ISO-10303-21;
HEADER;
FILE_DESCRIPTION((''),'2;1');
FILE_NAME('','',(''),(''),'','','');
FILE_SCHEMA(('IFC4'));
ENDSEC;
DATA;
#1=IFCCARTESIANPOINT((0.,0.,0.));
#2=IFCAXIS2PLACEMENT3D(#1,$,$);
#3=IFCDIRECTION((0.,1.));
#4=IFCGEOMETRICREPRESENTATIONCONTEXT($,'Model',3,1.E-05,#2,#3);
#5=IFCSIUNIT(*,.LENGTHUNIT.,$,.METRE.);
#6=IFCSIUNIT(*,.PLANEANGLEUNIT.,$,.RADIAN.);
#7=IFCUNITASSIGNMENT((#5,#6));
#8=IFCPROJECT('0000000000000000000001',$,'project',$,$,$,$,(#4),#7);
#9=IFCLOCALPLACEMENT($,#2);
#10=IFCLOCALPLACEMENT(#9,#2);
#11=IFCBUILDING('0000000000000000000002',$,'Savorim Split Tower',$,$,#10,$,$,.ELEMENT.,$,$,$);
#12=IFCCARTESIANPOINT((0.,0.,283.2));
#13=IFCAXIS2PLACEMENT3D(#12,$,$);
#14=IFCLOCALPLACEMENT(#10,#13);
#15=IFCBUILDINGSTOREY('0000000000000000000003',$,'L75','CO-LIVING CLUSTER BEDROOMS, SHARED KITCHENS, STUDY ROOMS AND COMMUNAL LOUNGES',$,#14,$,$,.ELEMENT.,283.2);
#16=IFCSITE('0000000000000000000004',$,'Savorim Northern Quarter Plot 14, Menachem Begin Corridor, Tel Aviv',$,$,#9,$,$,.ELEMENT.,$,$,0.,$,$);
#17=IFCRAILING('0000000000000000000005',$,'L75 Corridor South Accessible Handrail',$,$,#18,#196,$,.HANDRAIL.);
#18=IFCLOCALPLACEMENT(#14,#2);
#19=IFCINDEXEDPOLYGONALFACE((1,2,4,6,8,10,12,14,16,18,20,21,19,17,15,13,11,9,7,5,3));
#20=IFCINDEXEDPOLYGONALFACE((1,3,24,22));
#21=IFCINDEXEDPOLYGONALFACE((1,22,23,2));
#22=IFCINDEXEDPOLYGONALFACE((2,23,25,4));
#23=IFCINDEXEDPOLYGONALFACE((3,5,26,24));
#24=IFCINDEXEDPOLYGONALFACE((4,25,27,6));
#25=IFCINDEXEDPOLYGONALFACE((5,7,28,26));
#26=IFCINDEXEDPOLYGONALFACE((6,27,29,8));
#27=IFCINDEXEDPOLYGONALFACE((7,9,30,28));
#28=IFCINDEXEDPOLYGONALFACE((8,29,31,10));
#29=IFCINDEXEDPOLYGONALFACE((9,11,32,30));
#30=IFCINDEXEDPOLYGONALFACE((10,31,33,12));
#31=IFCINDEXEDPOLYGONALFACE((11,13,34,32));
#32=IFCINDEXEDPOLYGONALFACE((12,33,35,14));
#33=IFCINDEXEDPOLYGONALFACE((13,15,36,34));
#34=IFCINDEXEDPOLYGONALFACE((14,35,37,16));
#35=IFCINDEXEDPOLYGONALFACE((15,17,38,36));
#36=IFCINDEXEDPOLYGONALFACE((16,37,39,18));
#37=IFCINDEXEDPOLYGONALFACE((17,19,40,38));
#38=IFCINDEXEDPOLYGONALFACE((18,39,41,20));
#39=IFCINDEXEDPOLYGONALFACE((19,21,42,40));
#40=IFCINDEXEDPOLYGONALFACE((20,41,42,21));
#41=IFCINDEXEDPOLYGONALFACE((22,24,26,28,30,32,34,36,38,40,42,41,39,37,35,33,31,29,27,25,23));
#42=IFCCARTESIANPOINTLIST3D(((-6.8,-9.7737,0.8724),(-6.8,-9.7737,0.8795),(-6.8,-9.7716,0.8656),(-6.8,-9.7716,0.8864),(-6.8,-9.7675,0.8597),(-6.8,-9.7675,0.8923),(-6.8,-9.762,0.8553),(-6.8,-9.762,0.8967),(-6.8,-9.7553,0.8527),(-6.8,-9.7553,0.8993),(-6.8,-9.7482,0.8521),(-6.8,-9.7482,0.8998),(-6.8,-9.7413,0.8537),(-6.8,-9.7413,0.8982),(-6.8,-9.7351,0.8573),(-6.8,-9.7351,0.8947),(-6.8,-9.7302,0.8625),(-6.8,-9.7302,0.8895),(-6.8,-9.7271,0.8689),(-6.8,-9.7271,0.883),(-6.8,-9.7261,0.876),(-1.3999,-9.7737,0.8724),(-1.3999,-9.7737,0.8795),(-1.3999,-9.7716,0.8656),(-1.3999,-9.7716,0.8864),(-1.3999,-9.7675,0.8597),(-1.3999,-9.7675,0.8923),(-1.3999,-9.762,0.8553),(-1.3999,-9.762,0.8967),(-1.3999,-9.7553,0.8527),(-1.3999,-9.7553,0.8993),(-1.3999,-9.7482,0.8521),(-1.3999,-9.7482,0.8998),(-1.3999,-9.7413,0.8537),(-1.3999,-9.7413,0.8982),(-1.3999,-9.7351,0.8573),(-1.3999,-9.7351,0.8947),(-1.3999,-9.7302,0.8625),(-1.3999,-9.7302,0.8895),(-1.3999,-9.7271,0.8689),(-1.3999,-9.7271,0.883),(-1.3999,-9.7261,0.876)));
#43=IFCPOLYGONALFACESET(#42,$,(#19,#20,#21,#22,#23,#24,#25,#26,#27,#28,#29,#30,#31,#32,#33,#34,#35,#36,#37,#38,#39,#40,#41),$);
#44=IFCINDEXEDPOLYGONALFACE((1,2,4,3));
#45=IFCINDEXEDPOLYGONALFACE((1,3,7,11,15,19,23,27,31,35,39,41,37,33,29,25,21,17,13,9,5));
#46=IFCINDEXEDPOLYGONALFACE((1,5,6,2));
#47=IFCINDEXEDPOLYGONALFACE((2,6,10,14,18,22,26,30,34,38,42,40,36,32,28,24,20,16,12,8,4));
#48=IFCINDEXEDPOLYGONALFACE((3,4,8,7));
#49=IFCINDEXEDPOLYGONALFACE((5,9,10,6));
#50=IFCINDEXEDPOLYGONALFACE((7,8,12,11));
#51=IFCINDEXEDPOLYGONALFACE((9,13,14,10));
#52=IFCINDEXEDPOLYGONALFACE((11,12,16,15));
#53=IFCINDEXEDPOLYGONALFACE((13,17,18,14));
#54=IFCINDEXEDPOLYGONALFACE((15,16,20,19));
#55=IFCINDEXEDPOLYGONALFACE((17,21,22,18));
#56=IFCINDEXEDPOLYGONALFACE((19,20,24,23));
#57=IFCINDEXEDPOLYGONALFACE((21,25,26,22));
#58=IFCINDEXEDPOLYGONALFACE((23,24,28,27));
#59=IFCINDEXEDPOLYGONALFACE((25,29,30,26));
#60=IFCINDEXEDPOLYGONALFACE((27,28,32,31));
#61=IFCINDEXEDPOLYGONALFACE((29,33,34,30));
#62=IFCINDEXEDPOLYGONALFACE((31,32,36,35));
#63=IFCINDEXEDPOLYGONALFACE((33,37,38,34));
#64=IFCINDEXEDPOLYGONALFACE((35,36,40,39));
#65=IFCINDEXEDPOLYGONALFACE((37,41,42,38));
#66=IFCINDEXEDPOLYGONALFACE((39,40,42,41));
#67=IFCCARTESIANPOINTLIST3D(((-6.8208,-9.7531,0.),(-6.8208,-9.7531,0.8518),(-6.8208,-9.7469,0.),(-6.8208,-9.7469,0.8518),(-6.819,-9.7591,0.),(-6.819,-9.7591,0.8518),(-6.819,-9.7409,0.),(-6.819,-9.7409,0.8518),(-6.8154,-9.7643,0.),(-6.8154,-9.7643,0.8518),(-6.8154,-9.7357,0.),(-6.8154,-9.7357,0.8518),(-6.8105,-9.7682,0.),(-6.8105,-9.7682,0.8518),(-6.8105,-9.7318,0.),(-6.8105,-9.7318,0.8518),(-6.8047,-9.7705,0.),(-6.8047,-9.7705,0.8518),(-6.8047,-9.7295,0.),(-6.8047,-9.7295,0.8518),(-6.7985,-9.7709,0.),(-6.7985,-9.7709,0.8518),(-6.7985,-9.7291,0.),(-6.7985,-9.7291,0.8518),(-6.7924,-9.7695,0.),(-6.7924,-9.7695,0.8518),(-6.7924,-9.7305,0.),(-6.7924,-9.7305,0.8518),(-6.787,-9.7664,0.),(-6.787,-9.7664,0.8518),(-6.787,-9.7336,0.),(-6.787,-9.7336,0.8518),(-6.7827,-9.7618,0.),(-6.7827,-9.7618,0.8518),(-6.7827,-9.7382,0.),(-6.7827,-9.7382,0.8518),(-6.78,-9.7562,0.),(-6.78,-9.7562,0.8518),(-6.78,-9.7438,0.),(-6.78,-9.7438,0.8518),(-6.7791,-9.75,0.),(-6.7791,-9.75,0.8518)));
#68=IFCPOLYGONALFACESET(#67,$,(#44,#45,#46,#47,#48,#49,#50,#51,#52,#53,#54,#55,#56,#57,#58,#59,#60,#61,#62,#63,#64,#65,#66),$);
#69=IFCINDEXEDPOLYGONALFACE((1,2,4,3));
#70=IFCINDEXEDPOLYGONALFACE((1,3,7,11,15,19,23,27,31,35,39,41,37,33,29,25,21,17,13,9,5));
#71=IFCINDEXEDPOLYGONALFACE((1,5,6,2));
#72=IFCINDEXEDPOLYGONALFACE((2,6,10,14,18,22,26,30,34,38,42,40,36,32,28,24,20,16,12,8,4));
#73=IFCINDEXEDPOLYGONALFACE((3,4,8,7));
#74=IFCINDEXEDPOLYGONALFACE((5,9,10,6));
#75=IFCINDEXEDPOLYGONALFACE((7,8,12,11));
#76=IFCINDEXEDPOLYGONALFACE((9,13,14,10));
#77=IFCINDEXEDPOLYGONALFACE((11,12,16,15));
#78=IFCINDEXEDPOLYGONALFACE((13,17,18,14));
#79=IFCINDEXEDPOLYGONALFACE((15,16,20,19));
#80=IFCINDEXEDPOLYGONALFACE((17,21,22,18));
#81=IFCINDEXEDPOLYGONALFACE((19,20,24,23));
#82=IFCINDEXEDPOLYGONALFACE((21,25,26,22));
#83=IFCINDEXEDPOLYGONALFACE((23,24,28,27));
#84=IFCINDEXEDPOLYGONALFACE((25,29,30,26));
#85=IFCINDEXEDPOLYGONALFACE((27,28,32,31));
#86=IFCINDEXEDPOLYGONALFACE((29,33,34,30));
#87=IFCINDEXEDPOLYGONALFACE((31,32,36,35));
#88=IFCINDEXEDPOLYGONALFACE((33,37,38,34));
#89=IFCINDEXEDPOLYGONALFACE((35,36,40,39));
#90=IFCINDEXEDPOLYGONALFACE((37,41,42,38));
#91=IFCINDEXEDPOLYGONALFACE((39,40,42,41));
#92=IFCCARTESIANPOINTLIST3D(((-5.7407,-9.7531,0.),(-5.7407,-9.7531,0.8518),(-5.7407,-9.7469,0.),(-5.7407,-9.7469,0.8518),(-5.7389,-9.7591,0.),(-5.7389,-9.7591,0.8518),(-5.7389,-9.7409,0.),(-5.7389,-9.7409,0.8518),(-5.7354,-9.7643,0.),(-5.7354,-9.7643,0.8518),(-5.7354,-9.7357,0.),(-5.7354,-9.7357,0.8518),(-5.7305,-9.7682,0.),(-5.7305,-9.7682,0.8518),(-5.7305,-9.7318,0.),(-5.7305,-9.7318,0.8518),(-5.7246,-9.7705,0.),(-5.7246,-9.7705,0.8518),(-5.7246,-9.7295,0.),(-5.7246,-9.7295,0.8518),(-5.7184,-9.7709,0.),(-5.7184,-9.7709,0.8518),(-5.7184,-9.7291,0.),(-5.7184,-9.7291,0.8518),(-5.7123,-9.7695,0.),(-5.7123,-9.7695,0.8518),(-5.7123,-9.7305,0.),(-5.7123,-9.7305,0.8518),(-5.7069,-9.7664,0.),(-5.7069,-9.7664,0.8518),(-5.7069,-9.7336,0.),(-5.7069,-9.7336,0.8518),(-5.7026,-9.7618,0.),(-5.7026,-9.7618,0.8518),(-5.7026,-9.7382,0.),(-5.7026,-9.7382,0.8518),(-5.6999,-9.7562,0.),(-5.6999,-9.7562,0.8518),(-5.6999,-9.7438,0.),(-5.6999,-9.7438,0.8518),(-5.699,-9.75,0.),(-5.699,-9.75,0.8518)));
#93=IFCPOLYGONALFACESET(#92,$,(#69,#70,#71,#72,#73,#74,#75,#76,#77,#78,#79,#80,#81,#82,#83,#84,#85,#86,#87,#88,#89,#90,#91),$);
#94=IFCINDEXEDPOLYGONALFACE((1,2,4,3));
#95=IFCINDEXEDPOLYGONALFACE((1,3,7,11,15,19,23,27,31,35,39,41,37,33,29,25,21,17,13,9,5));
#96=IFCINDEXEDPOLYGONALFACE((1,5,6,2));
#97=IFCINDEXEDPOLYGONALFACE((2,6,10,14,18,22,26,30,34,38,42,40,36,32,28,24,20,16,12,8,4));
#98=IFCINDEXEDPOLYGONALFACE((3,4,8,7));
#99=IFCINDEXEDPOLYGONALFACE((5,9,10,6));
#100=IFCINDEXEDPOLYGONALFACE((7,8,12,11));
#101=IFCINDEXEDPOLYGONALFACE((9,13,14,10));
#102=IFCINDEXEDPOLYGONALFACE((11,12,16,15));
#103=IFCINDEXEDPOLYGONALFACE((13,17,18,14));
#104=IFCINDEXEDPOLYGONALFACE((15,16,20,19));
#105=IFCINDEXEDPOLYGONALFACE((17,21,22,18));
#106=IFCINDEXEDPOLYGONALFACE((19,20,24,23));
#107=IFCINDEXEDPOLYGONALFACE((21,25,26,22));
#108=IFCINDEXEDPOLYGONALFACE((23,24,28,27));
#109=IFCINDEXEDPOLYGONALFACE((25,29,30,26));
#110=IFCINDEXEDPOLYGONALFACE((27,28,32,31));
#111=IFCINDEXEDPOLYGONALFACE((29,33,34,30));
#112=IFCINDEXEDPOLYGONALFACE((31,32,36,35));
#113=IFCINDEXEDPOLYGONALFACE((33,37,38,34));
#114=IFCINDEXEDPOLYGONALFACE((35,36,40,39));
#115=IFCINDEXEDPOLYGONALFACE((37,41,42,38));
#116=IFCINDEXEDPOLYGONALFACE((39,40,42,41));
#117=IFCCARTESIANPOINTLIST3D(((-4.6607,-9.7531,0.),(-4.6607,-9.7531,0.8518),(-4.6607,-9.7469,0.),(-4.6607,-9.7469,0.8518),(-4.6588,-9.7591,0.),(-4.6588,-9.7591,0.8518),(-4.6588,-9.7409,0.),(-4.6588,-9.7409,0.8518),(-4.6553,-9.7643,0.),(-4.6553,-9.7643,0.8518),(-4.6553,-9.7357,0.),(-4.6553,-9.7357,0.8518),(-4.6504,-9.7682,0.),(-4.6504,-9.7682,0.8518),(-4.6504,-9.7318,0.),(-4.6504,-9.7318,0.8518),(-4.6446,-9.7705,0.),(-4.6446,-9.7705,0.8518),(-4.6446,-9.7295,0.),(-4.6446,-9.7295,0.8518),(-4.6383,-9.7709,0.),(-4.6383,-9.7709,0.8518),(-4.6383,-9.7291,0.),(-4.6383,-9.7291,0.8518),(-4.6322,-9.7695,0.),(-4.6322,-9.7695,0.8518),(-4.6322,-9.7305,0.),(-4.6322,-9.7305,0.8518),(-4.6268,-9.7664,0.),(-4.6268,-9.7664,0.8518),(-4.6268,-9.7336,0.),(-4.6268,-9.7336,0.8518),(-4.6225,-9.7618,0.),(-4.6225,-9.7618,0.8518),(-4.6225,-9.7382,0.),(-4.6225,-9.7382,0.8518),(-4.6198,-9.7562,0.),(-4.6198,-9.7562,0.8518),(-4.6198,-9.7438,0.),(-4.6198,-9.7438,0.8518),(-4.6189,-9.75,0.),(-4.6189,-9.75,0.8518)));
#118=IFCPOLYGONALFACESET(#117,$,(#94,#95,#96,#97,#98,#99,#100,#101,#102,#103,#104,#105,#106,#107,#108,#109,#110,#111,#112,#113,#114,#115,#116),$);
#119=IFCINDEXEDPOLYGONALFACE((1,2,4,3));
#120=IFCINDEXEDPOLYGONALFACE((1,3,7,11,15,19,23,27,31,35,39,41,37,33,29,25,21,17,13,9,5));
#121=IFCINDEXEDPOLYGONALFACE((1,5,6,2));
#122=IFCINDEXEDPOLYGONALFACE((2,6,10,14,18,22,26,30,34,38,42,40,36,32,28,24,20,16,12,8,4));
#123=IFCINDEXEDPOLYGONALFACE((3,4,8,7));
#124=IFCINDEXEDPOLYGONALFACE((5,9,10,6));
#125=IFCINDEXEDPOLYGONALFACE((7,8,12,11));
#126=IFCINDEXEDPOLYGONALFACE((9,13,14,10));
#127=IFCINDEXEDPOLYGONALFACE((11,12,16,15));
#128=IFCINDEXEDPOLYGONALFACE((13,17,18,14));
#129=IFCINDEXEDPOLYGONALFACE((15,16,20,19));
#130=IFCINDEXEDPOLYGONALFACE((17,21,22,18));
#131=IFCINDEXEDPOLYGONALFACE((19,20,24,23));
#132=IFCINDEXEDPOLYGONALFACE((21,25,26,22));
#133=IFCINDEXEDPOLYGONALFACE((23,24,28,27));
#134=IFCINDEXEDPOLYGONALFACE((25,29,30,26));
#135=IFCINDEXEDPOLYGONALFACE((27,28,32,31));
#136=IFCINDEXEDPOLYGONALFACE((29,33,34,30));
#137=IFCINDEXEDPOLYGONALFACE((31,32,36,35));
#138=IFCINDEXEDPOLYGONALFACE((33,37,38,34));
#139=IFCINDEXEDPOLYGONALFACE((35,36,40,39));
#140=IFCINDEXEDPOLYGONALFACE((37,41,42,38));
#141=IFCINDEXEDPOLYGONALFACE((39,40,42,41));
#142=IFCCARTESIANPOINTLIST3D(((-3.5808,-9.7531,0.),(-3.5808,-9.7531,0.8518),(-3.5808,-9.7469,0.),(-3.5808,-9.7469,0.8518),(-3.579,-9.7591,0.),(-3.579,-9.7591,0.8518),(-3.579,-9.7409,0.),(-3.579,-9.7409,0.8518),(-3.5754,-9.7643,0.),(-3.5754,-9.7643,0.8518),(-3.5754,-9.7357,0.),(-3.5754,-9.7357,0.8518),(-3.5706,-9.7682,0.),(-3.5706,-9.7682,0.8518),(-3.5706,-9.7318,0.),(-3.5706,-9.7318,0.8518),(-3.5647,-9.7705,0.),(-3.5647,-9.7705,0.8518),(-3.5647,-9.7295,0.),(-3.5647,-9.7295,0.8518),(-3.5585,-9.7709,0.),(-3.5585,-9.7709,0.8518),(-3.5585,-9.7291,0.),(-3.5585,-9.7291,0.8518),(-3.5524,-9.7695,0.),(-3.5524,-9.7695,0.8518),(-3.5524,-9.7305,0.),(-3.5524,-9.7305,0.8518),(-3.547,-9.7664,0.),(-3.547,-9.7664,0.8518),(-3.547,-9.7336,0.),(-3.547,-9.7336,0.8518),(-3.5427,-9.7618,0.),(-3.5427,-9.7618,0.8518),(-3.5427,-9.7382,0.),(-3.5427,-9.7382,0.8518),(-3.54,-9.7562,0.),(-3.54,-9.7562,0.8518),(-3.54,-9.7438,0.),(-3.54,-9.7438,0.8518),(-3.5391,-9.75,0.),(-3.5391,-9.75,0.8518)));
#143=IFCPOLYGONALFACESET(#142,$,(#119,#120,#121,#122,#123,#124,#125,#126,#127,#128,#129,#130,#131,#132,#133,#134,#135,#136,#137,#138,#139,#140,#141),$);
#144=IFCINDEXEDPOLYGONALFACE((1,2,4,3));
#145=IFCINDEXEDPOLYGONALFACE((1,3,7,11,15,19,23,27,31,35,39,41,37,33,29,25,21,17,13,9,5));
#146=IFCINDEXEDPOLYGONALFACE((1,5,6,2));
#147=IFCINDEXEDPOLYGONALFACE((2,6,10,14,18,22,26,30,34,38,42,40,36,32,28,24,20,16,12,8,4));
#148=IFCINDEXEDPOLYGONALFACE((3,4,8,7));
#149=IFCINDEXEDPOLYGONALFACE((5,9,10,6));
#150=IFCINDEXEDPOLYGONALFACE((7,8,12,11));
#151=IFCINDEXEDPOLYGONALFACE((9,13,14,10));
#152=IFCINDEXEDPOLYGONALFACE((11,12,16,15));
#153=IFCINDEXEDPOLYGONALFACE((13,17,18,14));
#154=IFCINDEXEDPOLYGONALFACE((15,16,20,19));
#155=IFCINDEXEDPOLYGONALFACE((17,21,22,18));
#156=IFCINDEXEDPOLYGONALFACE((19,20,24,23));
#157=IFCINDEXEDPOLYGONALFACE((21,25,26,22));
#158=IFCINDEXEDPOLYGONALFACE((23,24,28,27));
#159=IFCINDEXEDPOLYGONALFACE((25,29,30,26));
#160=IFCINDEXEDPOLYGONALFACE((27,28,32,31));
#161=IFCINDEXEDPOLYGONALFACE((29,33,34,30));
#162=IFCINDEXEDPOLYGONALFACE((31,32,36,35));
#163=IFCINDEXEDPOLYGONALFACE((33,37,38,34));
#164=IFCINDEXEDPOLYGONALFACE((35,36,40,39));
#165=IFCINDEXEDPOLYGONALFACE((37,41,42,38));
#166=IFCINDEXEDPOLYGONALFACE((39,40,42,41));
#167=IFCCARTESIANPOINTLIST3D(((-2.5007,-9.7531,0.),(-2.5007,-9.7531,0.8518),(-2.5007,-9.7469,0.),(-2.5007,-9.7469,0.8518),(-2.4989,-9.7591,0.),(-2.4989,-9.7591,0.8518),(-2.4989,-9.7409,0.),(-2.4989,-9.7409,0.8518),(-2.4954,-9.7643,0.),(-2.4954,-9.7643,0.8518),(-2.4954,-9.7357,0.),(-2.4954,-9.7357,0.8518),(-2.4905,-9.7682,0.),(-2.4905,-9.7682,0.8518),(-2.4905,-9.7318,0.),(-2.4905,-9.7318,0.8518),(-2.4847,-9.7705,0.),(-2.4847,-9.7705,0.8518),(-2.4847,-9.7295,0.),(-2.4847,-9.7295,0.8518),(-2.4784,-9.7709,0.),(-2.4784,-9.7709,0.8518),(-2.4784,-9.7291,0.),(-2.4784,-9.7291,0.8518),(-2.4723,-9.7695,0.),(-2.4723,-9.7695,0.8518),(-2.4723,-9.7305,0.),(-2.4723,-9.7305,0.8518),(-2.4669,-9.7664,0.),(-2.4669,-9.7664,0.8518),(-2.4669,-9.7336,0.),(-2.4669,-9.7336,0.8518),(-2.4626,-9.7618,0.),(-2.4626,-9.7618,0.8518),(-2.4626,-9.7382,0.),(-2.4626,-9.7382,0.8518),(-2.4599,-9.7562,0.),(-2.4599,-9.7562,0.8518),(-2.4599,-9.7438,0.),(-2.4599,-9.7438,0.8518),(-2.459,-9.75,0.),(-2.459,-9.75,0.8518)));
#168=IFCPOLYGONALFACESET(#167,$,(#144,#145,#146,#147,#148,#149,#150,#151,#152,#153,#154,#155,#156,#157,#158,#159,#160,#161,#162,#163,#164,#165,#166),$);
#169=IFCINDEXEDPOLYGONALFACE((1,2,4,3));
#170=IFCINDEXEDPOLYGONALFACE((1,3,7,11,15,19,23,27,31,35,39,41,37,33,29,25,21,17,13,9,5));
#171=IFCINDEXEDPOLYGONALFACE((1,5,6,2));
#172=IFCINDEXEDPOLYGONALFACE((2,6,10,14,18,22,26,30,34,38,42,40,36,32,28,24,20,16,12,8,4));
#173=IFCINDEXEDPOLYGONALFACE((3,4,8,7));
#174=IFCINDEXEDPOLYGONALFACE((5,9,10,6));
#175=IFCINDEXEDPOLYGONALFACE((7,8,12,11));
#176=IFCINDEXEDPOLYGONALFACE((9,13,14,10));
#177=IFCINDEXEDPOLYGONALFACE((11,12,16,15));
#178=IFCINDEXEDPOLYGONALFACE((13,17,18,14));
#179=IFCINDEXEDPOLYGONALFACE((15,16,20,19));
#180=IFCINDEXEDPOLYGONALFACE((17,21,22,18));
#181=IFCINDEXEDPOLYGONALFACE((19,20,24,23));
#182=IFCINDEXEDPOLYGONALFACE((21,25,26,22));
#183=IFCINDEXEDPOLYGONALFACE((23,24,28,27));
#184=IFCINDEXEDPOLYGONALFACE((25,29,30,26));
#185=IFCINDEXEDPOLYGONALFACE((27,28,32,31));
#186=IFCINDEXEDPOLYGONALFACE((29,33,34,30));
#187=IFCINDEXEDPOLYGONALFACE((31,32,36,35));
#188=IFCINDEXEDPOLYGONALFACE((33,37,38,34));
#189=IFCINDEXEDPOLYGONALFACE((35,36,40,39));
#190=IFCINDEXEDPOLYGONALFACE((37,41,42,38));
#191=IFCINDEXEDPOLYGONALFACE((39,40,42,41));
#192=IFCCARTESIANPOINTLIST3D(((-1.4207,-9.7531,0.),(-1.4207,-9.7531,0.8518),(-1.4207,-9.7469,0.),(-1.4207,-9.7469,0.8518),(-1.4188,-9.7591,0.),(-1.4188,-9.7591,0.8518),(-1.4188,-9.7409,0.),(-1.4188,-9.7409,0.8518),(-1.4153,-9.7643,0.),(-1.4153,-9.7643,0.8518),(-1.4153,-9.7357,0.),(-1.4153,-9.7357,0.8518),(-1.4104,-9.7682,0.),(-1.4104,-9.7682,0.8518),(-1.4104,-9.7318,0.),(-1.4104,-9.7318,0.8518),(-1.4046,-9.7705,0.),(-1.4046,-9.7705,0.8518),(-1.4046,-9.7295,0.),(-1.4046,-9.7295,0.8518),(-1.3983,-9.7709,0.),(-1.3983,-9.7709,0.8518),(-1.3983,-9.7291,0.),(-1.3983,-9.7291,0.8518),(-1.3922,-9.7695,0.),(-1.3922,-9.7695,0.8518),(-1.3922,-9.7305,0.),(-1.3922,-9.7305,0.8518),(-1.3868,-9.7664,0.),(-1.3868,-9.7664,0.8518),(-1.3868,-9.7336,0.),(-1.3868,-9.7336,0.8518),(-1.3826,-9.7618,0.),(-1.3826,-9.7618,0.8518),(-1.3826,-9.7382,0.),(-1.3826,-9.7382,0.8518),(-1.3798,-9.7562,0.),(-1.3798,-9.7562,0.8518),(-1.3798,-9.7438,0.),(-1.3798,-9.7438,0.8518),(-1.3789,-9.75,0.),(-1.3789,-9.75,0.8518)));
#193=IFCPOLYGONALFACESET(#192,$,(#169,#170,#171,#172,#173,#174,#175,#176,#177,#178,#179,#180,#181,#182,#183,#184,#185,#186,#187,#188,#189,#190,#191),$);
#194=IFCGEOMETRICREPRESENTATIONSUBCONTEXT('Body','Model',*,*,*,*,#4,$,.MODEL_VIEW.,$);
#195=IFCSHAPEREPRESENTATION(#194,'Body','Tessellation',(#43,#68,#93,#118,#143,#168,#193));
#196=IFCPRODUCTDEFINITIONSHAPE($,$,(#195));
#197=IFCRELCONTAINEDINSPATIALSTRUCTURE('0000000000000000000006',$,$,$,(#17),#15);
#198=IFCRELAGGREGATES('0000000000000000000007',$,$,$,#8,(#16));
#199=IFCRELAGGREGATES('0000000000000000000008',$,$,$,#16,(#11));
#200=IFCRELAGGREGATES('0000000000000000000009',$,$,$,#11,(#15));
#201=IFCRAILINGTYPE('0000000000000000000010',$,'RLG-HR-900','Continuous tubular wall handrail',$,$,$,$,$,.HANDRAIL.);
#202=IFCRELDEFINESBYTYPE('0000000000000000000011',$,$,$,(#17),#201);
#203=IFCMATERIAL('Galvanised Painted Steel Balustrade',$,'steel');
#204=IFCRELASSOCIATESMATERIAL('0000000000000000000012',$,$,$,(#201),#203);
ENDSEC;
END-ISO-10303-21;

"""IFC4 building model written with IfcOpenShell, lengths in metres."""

from ifc_helpers import new_model, si_unit, direction, frame, origin, origin_2d, place, context, subcontext, project, spatial, circle, extrude, material, type_object, element, save


model = new_model("IFC4")

# Units and contexts
model_context = context("Model", 3, precision=1e-05, world=origin(), true_north=direction((0.0, 1.0)))
body_context = subcontext(model_context, "Body", "Model", "MODEL_VIEW")
ifc_project = project(units=[si_unit("LENGTHUNIT", "METRE"), si_unit("PLANEANGLEUNIT", "RADIAN")], contexts=[model_context])

# Site, building, storey
site_placement = place(None, origin())
site = spatial("IfcSite", under=ifc_project, at=site_placement, Name="Savorim Northern Quarter Plot 14, Menachem Begin Corridor, Tel Aviv", CompositionType="ELEMENT", RefElevation=0.0)
building_placement = place(site_placement, origin())
building = spatial("IfcBuilding", under=site, at=building_placement, Name="Savorim Split Tower", CompositionType="ELEMENT")
storey_placement = place(building_placement, frame((0.0, 0.0, 283.2)))
storey = spatial("IfcBuildingStorey", under=building, at=storey_placement, Name="L75", Description="CO-LIVING CLUSTER BEDROOMS, SHARED KITCHENS, STUDY ROOMS AND COMMUNAL LOUNGES", CompositionType="ELEMENT", Elevation=283.2)

# Railing
ifc_material_1 = material(Name="Galvanised Painted Steel Balustrade", Category="steel")
railing_type_1 = type_object("IfcRailingType", Name="RLG-HR-900", Description="Continuous tubular wall handrail", PredefinedType="HANDRAIL", material=ifc_material_1)
railing_1_placement = place(storey_placement, frame((-6.8, -9.75, 0.0)))
element("IfcRailing", 1, at=railing_1_placement, inside=storey, type_object=railing_type_1, Name="L75 Corridor South Accessible Handrail", PredefinedType="HANDRAIL", context=body_context, shape_type="SweptSolid", body=[
    extrude(circle(Radius=0.0239, at=origin_2d()), frame((0.0, 0.0, 0.876), z_axis=(1.0, 0.0, 0.0), x_axis=(0.0, 1.0, 0.0)), (0.0, 0.0, 1.0), 5.4001),
    extrude(circle(Radius=0.021, at=origin_2d()), origin(), (0.0, 0.0, 1.0), 0.8518),
    extrude(circle(Radius=0.021, at=origin_2d()), frame((1.0801, 0.0, 0.0)), (0.0, 0.0, 1.0), 0.8518),
    extrude(circle(Radius=0.021, at=origin_2d()), frame((2.1602, 0.0, 0.0)), (0.0, 0.0, 1.0), 0.8518),
    extrude(circle(Radius=0.021, at=origin_2d()), frame((3.24, 0.0, 0.0)), (0.0, 0.0, 1.0), 0.8518),
    extrude(circle(Radius=0.021, at=origin_2d()), frame((4.3201, 0.0, 0.0)), (0.0, 0.0, 1.0), 0.8518),
    extrude(circle(Radius=0.021, at=origin_2d()), frame((5.4001, 0.0, 0.0)), (0.0, 0.0, 1.0), 0.8518),
])

save(model, "model.ifc")
